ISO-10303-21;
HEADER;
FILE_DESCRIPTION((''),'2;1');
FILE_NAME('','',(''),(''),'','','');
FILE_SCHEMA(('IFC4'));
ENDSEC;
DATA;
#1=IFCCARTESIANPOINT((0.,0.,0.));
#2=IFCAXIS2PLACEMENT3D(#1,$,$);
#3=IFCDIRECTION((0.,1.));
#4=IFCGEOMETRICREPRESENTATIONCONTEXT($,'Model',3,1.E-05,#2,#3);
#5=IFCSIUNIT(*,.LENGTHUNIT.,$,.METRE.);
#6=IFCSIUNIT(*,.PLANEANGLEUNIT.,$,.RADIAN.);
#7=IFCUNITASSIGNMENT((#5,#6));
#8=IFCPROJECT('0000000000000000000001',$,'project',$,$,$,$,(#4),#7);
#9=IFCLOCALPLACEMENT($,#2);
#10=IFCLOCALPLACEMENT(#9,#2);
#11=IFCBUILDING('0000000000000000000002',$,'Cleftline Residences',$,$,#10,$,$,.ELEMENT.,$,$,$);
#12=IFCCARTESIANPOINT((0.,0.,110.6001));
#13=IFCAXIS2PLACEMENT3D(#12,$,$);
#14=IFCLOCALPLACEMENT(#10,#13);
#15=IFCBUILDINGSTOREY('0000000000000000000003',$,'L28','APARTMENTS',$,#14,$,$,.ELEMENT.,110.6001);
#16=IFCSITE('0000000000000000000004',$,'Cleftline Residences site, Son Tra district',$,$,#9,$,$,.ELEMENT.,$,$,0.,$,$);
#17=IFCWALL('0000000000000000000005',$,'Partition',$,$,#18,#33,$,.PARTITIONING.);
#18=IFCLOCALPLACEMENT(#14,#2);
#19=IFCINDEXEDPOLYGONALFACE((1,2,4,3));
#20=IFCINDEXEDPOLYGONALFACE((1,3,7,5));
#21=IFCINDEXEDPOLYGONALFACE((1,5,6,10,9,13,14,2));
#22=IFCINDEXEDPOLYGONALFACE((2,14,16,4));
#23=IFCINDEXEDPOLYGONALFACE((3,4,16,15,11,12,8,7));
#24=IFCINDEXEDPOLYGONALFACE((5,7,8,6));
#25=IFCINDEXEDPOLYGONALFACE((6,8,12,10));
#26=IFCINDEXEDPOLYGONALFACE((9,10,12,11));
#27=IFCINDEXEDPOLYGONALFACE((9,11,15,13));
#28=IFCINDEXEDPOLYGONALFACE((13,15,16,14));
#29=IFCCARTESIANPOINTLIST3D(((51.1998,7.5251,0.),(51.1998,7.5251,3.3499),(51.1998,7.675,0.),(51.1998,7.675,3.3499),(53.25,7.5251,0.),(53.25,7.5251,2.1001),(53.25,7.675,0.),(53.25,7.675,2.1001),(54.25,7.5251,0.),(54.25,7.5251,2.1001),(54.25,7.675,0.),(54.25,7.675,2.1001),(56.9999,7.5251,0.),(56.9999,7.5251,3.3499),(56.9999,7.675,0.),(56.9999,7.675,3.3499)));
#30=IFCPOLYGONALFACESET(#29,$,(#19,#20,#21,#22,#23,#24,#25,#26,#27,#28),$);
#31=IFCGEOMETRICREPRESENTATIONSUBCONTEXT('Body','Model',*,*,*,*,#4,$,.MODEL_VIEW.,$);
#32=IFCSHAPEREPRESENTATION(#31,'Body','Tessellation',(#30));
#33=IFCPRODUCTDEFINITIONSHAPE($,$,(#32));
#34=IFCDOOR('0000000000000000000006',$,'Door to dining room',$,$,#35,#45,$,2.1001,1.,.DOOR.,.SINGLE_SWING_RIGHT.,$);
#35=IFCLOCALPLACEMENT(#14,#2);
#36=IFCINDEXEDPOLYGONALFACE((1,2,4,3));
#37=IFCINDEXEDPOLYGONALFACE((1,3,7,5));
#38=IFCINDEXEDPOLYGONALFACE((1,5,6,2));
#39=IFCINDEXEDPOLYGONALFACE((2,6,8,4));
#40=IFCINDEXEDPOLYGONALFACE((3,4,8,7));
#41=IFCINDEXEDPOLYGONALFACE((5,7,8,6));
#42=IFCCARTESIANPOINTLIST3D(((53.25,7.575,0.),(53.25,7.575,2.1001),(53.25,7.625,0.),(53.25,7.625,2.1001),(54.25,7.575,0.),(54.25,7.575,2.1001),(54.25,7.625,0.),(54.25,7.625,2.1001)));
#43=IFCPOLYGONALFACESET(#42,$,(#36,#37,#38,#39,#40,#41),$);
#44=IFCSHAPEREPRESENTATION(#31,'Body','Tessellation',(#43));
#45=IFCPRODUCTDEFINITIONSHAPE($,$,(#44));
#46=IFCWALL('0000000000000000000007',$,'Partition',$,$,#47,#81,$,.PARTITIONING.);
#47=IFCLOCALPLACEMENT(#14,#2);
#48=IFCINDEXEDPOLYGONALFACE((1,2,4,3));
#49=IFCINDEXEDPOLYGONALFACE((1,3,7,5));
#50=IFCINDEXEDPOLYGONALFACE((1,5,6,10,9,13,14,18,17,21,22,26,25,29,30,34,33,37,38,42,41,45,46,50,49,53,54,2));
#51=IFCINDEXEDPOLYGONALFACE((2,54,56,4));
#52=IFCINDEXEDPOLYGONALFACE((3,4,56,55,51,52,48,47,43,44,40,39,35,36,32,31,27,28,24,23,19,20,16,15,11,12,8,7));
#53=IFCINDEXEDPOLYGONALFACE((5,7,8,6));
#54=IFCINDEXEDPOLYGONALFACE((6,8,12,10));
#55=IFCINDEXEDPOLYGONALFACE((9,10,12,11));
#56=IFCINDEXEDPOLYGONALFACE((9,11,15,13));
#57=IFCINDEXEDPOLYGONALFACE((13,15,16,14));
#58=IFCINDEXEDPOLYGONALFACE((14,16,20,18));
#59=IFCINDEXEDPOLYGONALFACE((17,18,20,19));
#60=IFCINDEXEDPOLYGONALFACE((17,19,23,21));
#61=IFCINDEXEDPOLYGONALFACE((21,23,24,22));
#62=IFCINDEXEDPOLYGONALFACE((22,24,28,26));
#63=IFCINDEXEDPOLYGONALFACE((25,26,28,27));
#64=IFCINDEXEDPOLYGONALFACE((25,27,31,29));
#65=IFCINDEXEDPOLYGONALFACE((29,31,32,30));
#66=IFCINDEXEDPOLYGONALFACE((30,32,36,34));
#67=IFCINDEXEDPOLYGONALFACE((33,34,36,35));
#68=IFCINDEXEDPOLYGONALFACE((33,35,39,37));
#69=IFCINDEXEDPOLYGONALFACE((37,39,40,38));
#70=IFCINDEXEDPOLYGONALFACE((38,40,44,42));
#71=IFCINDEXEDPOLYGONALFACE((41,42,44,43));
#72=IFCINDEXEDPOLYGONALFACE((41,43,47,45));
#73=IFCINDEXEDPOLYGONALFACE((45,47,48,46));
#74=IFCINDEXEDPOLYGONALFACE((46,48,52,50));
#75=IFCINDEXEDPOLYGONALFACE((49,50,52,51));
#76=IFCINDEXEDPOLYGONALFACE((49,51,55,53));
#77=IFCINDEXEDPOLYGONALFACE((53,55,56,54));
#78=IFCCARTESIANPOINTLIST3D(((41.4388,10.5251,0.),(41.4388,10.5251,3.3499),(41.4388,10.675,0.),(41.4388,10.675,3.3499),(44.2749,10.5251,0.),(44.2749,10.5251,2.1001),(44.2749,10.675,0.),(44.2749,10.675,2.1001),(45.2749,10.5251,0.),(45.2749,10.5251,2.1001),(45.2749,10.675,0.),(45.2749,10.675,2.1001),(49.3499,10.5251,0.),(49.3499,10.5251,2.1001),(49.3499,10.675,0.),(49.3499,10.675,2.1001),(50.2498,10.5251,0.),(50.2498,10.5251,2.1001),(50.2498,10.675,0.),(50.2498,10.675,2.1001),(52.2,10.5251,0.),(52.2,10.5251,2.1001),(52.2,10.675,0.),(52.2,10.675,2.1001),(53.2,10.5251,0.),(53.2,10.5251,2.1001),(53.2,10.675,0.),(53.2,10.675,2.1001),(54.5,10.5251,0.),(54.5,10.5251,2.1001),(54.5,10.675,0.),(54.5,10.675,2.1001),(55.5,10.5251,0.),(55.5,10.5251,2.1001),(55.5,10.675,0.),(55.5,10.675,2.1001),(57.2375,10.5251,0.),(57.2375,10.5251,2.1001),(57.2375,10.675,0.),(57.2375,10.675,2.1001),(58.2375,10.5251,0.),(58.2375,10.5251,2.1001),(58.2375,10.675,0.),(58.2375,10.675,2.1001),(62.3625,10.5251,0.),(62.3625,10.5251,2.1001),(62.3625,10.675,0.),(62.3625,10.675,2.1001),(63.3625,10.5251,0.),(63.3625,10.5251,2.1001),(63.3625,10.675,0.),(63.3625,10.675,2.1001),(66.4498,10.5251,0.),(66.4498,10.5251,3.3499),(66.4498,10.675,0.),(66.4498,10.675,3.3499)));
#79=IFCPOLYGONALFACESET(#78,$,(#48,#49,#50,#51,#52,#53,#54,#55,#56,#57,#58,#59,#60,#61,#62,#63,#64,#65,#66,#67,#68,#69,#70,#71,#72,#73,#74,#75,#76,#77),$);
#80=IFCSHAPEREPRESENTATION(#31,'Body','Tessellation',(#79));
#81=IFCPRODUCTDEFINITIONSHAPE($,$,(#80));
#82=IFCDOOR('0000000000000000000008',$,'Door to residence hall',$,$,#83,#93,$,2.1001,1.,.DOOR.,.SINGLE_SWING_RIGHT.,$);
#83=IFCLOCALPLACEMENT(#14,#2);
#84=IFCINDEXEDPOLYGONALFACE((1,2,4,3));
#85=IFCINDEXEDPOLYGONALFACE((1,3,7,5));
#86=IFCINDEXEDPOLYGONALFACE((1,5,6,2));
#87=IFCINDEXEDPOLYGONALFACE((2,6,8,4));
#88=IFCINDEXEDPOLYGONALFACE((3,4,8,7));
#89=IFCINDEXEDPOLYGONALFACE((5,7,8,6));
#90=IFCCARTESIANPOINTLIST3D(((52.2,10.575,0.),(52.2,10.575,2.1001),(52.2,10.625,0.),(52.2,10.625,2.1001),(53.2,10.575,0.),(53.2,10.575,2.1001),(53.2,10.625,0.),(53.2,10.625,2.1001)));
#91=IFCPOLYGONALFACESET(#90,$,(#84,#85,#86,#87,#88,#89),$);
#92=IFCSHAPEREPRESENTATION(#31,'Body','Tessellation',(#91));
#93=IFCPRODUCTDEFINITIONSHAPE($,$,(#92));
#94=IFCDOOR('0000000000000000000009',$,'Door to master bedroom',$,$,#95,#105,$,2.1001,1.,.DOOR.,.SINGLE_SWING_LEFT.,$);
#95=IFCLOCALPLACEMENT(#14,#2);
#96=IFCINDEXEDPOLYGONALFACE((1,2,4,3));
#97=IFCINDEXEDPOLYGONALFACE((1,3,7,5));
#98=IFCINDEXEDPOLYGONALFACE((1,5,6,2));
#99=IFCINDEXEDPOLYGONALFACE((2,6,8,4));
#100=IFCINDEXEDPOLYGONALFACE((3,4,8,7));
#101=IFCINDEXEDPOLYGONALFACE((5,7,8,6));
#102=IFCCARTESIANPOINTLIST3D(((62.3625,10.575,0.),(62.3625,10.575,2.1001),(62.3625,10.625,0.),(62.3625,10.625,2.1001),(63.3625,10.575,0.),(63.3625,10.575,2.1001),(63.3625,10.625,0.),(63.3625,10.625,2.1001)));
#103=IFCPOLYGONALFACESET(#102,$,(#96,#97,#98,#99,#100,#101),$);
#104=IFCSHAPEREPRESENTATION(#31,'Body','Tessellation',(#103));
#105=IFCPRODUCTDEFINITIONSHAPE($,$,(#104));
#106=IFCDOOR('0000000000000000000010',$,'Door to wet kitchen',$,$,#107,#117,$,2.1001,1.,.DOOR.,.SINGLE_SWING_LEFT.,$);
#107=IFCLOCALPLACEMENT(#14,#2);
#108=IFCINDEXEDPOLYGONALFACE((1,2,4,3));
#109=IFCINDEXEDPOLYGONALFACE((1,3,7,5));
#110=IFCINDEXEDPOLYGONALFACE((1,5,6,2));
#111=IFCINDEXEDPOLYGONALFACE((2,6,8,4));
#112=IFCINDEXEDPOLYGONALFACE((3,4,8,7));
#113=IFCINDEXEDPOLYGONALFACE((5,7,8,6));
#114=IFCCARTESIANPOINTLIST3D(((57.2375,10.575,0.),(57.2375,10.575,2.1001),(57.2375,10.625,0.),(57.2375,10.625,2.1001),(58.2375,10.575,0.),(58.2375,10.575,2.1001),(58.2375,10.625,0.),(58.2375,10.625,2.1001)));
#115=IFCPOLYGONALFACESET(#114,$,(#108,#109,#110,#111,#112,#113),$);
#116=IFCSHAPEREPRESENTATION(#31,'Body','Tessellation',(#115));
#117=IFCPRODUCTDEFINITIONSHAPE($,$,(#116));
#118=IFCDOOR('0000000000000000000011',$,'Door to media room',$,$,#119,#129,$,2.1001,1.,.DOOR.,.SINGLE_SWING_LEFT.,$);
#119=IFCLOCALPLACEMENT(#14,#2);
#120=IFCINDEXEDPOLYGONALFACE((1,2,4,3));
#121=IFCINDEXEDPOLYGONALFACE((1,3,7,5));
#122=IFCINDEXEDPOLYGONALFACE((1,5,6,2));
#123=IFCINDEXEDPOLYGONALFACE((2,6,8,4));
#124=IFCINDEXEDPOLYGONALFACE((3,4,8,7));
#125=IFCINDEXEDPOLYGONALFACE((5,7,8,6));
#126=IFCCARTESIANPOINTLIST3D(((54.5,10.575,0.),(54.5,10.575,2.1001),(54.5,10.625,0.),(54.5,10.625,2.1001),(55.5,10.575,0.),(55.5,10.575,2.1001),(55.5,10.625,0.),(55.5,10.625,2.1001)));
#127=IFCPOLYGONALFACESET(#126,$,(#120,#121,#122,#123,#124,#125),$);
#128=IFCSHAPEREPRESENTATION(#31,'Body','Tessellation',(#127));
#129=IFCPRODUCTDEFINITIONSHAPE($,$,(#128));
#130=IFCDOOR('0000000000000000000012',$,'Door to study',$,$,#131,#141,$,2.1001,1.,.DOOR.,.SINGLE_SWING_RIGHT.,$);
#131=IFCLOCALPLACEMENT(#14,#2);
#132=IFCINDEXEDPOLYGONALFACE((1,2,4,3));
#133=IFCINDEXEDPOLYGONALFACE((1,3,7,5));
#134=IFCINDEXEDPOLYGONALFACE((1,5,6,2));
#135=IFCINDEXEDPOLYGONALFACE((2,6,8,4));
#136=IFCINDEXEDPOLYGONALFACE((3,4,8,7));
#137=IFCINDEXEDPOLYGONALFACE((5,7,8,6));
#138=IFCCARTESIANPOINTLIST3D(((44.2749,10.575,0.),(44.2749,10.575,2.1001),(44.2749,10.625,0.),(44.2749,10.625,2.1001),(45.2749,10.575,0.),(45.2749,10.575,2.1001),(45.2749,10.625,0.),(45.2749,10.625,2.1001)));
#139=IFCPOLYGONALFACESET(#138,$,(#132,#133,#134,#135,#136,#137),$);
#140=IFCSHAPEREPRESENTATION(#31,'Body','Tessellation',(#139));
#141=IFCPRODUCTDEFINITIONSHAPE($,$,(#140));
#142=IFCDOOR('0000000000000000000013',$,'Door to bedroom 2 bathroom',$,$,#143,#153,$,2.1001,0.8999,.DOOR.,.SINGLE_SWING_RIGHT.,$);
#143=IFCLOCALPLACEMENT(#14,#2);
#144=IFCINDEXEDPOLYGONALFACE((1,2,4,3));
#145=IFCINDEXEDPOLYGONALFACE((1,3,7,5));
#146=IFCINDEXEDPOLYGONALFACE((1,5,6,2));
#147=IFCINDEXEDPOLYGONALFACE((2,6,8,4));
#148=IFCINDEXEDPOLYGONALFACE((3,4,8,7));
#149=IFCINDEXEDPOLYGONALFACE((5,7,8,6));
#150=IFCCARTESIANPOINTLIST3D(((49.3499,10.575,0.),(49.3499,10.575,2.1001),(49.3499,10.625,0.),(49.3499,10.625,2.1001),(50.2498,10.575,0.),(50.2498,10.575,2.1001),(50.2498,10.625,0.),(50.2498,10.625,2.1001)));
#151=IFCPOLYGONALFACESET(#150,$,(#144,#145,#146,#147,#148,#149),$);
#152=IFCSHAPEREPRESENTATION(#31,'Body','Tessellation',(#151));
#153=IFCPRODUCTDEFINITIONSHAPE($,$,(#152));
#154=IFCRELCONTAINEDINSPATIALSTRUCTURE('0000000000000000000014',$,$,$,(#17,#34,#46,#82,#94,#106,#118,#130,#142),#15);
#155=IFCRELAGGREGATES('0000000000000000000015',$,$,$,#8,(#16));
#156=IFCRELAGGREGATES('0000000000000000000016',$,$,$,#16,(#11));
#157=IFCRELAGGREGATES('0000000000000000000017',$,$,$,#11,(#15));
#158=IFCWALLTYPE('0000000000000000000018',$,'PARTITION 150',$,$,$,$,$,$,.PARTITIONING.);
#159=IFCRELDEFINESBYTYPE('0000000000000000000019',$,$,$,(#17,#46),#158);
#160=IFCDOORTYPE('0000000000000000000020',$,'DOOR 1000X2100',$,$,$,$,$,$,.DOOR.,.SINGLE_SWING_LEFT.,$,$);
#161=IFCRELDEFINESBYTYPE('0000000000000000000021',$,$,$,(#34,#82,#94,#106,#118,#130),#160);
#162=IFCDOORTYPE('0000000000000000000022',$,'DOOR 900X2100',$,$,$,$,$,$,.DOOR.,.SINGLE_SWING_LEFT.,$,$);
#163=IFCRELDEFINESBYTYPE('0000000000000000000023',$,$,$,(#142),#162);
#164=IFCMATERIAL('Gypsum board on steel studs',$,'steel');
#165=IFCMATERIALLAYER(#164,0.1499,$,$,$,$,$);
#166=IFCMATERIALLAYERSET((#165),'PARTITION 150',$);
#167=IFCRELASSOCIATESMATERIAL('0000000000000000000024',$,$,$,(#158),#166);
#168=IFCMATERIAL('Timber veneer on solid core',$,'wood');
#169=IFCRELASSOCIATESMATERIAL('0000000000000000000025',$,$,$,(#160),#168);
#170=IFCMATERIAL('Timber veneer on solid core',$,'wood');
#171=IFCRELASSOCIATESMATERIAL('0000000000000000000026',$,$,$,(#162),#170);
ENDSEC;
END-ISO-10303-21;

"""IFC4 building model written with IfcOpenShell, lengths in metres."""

from ifc_helpers import new_model, si_unit, direction, frame, frame_2d, origin, place, context, subcontext, project, spatial, rectangle, extrude, material, layer, layer_set, type_object, element, fill, save


model = new_model("IFC4")

# Units and contexts
model_context = context("Model", 3, precision=1e-05, world=origin(), true_north=direction((0.0, 1.0)))
body_context = subcontext(model_context, "Body", "Model", "MODEL_VIEW")
ifc_project = project(units=[si_unit("LENGTHUNIT", "METRE"), si_unit("PLANEANGLEUNIT", "RADIAN")], contexts=[model_context])

# Site, building, storey
site_placement = place(None, origin())
site = spatial("IfcSite", under=ifc_project, at=site_placement, Name="Cleftline Residences site, Son Tra district", CompositionType="ELEMENT", RefElevation=0.0)
building_placement = place(site_placement, origin())
building = spatial("IfcBuilding", under=site, at=building_placement, Name="Cleftline Residences", CompositionType="ELEMENT")
storey_placement = place(building_placement, frame((0.0, 0.0, 110.6001)))
storey = spatial("IfcBuildingStorey", under=building, at=storey_placement, Name="L28", Description="APARTMENTS", CompositionType="ELEMENT", Elevation=110.6001)

# Shared definitions
ifc_material_1 = material(Name="Gypsum board on steel studs", Category="steel")
ifc_layer_1 = layer(ifc_material_1, 0.1499)
ifc_layer_set_1 = layer_set([ifc_layer_1], Name="PARTITION 150")
wall_type = type_object("IfcWallType", Name="PARTITION 150", PredefinedType="PARTITIONING", material=ifc_layer_set_1)
ifc_material_2 = material(Name="Timber veneer on solid core", Category="wood")
door_type_1 = type_object("IfcDoorType", Name="DOOR 1000X2100", OperationType="SINGLE_SWING_LEFT", PredefinedType="DOOR", material=ifc_material_2)

# Wall, opening, door
wall_1_placement = place(storey_placement, frame((51.2, 7.6001, 0.0), z_axis=(0.0, 0.0, 1.0), x_axis=(1.0, 0.0, 0.0)))
wall_1 = element("IfcWall", 1, at=wall_1_placement, inside=storey, type_object=wall_type, Name="Partition", PredefinedType="PARTITIONING", context=body_context, shape_type="SweptSolid", body=[
    extrude(rectangle(XDim=5.8, YDim=0.1499, at=frame_2d((2.8999, 0.0))), origin(), (0.0, 0.0, 1.0), 3.3499),
])
opening_1_placement = place(wall_1_placement, frame((2.05, 0.0, 0.0)))
opening_1 = element("IfcOpeningElement", 2, at=opening_1_placement, cuts=wall_1, PredefinedType="OPENING", context=body_context, shape_type="SweptSolid", body=[
    extrude(rectangle(XDim=1.0, YDim=2.1001, at=frame_2d((0.5, 1.05))), frame((0.0, 0.085, 0.0), z_axis=(0.0, -1.0, 0.0), x_axis=(1.0, 0.0, 0.0)), (0.0, 0.0, 1.0), 0.1699),
])
door_1_placement = place(opening_1_placement, origin())
door_1 = element("IfcDoor", 3, at=door_1_placement, inside=storey, type_object=door_type_1, Name="Door to dining room", OperationType="SINGLE_SWING_RIGHT", OverallHeight=2.1001, OverallWidth=1.0, PredefinedType="DOOR", context=body_context, shape_type="SweptSolid", body=[
    extrude(rectangle(XDim=1.0, YDim=2.1001, at=frame_2d((0.5, 1.05))), frame((0.0, 0.0249, 0.0), z_axis=(0.0, -1.0, 0.0), x_axis=(1.0, 0.0, 0.0)), (0.0, 0.0, 1.0), 0.05),
])
fill(opening_1, door_1)

# Wall, openings, doors
wall_2_placement = place(storey_placement, frame((41.439, 10.6001, 0.0), z_axis=(0.0, 0.0, 1.0), x_axis=(1.0, 0.0, 0.0)))
wall_2 = element("IfcWall", 4, at=wall_2_placement, inside=storey, type_object=wall_type, Name="Partition", PredefinedType="PARTITIONING", context=body_context, shape_type="SweptSolid", body=[
    extrude(rectangle(XDim=25.011, YDim=0.1499, at=frame_2d((12.5054, 0.0))), origin(), (0.0, 0.0, 1.0), 3.3499),
])
opening_2_placement = place(wall_2_placement, frame((10.761, 0.0, 0.0)))
opening_2 = element("IfcOpeningElement", 5, at=opening_2_placement, cuts=wall_2, PredefinedType="OPENING", context=body_context, shape_type="SweptSolid", body=[
    extrude(rectangle(XDim=1.0, YDim=2.1001, at=frame_2d((0.5, 1.05))), frame((0.0, 0.085, 0.0), z_axis=(0.0, -1.0, 0.0), x_axis=(1.0, 0.0, 0.0)), (0.0, 0.0, 1.0), 0.1699),
])
opening_3_placement = place(wall_2_placement, frame((20.9236, 0.0, 0.0)))
opening_3 = element("IfcOpeningElement", 6, at=opening_3_placement, cuts=wall_2, PredefinedType="OPENING", context=body_context, shape_type="SweptSolid", body=[
    extrude(rectangle(XDim=1.0, YDim=2.1001, at=frame_2d((0.5, 1.05))), frame((0.0, 0.085, 0.0), z_axis=(0.0, -1.0, 0.0), x_axis=(1.0, 0.0, 0.0)), (0.0, 0.0, 1.0), 0.1699),
])
opening_4_placement = place(wall_2_placement, frame((15.7986, 0.0, 0.0)))
opening_4 = element("IfcOpeningElement", 7, at=opening_4_placement, cuts=wall_2, PredefinedType="OPENING", context=body_context, shape_type="SweptSolid", body=[
    extrude(rectangle(XDim=1.0, YDim=2.1001, at=frame_2d((0.5, 1.05))), frame((0.0, 0.085, 0.0), z_axis=(0.0, -1.0, 0.0), x_axis=(1.0, 0.0, 0.0)), (0.0, 0.0, 1.0), 0.1699),
])
opening_5_placement = place(wall_2_placement, frame((13.061, 0.0, 0.0)))
opening_5 = element("IfcOpeningElement", 8, at=opening_5_placement, cuts=wall_2, PredefinedType="OPENING", context=body_context, shape_type="SweptSolid", body=[
    extrude(rectangle(XDim=1.0, YDim=2.1001, at=frame_2d((0.5, 1.05))), frame((0.0, 0.085, 0.0), z_axis=(0.0, -1.0, 0.0), x_axis=(1.0, 0.0, 0.0)), (0.0, 0.0, 1.0), 0.1699),
])
opening_6_placement = place(wall_2_placement, frame((7.9109, 0.0, 0.0)))
opening_6 = element("IfcOpeningElement", 9, at=opening_6_placement, cuts=wall_2, PredefinedType="OPENING", context=body_context, shape_type="SweptSolid", body=[
    extrude(rectangle(XDim=0.8999, YDim=2.1001, at=frame_2d((0.45, 1.05))), frame((0.0, 0.085, 0.0), z_axis=(0.0, -1.0, 0.0), x_axis=(1.0, 0.0, 0.0)), (0.0, 0.0, 1.0), 0.1699),
])
opening_7_placement = place(wall_2_placement, frame((2.8359, 0.0, 0.0)))
opening_7 = element("IfcOpeningElement", 10, at=opening_7_placement, cuts=wall_2, PredefinedType="OPENING", context=body_context, shape_type="SweptSolid", body=[
    extrude(rectangle(XDim=1.0, YDim=2.1001, at=frame_2d((0.5, 1.05))), frame((0.0, 0.085, 0.0), z_axis=(0.0, -1.0, 0.0), x_axis=(1.0, 0.0, 0.0)), (0.0, 0.0, 1.0), 0.1699),
])
door_2_placement = place(opening_2_placement, origin())
door_2 = element("IfcDoor", 11, at=door_2_placement, inside=storey, type_object=door_type_1, Name="Door to residence hall", OperationType="SINGLE_SWING_RIGHT", OverallHeight=2.1001, OverallWidth=1.0, PredefinedType="DOOR", context=body_context, shape_type="SweptSolid", body=[
    extrude(rectangle(XDim=1.0, YDim=2.1001, at=frame_2d((0.5, 1.05))), frame((0.0, 0.0249, 0.0), z_axis=(0.0, -1.0, 0.0), x_axis=(1.0, 0.0, 0.0)), (0.0, 0.0, 1.0), 0.05),
])
fill(opening_2, door_2)
door_3_placement = place(opening_3_placement, origin())
door_3 = element("IfcDoor", 12, at=door_3_placement, inside=storey, type_object=door_type_1, Name="Door to master bedroom", OperationType="SINGLE_SWING_LEFT", OverallHeight=2.1001, OverallWidth=1.0, PredefinedType="DOOR", context=body_context, shape_type="SweptSolid", body=[
    extrude(rectangle(XDim=1.0, YDim=2.1001, at=frame_2d((0.5, 1.05))), frame((0.0, 0.0249, 0.0), z_axis=(0.0, -1.0, 0.0), x_axis=(1.0, 0.0, 0.0)), (0.0, 0.0, 1.0), 0.05),
])
fill(opening_3, door_3)
door_4_placement = place(opening_4_placement, origin())
door_4 = element("IfcDoor", 13, at=door_4_placement, inside=storey, type_object=door_type_1, Name="Door to wet kitchen", OperationType="SINGLE_SWING_LEFT", OverallHeight=2.1001, OverallWidth=1.0, PredefinedType="DOOR", context=body_context, shape_type="SweptSolid", body=[
    extrude(rectangle(XDim=1.0, YDim=2.1001, at=frame_2d((0.5, 1.05))), frame((0.0, 0.0249, 0.0), z_axis=(0.0, -1.0, 0.0), x_axis=(1.0, 0.0, 0.0)), (0.0, 0.0, 1.0), 0.05),
])
fill(opening_4, door_4)
door_5_placement = place(opening_5_placement, origin())
door_5 = element("IfcDoor", 14, at=door_5_placement, inside=storey, type_object=door_type_1, Name="Door to media room", OperationType="SINGLE_SWING_LEFT", OverallHeight=2.1001, OverallWidth=1.0, PredefinedType="DOOR", context=body_context, shape_type="SweptSolid", body=[
    extrude(rectangle(XDim=1.0, YDim=2.1001, at=frame_2d((0.5, 1.05))), frame((0.0, 0.0249, 0.0), z_axis=(0.0, -1.0, 0.0), x_axis=(1.0, 0.0, 0.0)), (0.0, 0.0, 1.0), 0.05),
])
fill(opening_5, door_5)
door_6_placement = place(opening_7_placement, origin())
door_6 = element("IfcDoor", 15, at=door_6_placement, inside=storey, type_object=door_type_1, Name="Door to study", OperationType="SINGLE_SWING_RIGHT", OverallHeight=2.1001, OverallWidth=1.0, PredefinedType="DOOR", context=body_context, shape_type="SweptSolid", body=[
    extrude(rectangle(XDim=1.0, YDim=2.1001, at=frame_2d((0.5, 1.05))), frame((0.0, 0.0249, 0.0), z_axis=(0.0, -1.0, 0.0), x_axis=(1.0, 0.0, 0.0)), (0.0, 0.0, 1.0), 0.05),
])
fill(opening_7, door_6)
ifc_material_3 = material(Name="Timber veneer on solid core", Category="wood")
door_type_2 = type_object("IfcDoorType", Name="DOOR 900X2100", OperationType="SINGLE_SWING_LEFT", PredefinedType="DOOR", material=ifc_material_3)
door_7_placement = place(opening_6_placement, origin())
door_7 = element("IfcDoor", 16, at=door_7_placement, inside=storey, type_object=door_type_2, Name="Door to bedroom 2 bathroom", OperationType="SINGLE_SWING_RIGHT", OverallHeight=2.1001, OverallWidth=0.8999, PredefinedType="DOOR", context=body_context, shape_type="SweptSolid", body=[
    extrude(rectangle(XDim=0.8999, YDim=2.1001, at=frame_2d((0.45, 1.05))), frame((0.0, 0.0249, 0.0), z_axis=(0.0, -1.0, 0.0), x_axis=(1.0, 0.0, 0.0)), (0.0, 0.0, 1.0), 0.05),
])
fill(opening_6, door_7)

save(model, "model.ifc")
